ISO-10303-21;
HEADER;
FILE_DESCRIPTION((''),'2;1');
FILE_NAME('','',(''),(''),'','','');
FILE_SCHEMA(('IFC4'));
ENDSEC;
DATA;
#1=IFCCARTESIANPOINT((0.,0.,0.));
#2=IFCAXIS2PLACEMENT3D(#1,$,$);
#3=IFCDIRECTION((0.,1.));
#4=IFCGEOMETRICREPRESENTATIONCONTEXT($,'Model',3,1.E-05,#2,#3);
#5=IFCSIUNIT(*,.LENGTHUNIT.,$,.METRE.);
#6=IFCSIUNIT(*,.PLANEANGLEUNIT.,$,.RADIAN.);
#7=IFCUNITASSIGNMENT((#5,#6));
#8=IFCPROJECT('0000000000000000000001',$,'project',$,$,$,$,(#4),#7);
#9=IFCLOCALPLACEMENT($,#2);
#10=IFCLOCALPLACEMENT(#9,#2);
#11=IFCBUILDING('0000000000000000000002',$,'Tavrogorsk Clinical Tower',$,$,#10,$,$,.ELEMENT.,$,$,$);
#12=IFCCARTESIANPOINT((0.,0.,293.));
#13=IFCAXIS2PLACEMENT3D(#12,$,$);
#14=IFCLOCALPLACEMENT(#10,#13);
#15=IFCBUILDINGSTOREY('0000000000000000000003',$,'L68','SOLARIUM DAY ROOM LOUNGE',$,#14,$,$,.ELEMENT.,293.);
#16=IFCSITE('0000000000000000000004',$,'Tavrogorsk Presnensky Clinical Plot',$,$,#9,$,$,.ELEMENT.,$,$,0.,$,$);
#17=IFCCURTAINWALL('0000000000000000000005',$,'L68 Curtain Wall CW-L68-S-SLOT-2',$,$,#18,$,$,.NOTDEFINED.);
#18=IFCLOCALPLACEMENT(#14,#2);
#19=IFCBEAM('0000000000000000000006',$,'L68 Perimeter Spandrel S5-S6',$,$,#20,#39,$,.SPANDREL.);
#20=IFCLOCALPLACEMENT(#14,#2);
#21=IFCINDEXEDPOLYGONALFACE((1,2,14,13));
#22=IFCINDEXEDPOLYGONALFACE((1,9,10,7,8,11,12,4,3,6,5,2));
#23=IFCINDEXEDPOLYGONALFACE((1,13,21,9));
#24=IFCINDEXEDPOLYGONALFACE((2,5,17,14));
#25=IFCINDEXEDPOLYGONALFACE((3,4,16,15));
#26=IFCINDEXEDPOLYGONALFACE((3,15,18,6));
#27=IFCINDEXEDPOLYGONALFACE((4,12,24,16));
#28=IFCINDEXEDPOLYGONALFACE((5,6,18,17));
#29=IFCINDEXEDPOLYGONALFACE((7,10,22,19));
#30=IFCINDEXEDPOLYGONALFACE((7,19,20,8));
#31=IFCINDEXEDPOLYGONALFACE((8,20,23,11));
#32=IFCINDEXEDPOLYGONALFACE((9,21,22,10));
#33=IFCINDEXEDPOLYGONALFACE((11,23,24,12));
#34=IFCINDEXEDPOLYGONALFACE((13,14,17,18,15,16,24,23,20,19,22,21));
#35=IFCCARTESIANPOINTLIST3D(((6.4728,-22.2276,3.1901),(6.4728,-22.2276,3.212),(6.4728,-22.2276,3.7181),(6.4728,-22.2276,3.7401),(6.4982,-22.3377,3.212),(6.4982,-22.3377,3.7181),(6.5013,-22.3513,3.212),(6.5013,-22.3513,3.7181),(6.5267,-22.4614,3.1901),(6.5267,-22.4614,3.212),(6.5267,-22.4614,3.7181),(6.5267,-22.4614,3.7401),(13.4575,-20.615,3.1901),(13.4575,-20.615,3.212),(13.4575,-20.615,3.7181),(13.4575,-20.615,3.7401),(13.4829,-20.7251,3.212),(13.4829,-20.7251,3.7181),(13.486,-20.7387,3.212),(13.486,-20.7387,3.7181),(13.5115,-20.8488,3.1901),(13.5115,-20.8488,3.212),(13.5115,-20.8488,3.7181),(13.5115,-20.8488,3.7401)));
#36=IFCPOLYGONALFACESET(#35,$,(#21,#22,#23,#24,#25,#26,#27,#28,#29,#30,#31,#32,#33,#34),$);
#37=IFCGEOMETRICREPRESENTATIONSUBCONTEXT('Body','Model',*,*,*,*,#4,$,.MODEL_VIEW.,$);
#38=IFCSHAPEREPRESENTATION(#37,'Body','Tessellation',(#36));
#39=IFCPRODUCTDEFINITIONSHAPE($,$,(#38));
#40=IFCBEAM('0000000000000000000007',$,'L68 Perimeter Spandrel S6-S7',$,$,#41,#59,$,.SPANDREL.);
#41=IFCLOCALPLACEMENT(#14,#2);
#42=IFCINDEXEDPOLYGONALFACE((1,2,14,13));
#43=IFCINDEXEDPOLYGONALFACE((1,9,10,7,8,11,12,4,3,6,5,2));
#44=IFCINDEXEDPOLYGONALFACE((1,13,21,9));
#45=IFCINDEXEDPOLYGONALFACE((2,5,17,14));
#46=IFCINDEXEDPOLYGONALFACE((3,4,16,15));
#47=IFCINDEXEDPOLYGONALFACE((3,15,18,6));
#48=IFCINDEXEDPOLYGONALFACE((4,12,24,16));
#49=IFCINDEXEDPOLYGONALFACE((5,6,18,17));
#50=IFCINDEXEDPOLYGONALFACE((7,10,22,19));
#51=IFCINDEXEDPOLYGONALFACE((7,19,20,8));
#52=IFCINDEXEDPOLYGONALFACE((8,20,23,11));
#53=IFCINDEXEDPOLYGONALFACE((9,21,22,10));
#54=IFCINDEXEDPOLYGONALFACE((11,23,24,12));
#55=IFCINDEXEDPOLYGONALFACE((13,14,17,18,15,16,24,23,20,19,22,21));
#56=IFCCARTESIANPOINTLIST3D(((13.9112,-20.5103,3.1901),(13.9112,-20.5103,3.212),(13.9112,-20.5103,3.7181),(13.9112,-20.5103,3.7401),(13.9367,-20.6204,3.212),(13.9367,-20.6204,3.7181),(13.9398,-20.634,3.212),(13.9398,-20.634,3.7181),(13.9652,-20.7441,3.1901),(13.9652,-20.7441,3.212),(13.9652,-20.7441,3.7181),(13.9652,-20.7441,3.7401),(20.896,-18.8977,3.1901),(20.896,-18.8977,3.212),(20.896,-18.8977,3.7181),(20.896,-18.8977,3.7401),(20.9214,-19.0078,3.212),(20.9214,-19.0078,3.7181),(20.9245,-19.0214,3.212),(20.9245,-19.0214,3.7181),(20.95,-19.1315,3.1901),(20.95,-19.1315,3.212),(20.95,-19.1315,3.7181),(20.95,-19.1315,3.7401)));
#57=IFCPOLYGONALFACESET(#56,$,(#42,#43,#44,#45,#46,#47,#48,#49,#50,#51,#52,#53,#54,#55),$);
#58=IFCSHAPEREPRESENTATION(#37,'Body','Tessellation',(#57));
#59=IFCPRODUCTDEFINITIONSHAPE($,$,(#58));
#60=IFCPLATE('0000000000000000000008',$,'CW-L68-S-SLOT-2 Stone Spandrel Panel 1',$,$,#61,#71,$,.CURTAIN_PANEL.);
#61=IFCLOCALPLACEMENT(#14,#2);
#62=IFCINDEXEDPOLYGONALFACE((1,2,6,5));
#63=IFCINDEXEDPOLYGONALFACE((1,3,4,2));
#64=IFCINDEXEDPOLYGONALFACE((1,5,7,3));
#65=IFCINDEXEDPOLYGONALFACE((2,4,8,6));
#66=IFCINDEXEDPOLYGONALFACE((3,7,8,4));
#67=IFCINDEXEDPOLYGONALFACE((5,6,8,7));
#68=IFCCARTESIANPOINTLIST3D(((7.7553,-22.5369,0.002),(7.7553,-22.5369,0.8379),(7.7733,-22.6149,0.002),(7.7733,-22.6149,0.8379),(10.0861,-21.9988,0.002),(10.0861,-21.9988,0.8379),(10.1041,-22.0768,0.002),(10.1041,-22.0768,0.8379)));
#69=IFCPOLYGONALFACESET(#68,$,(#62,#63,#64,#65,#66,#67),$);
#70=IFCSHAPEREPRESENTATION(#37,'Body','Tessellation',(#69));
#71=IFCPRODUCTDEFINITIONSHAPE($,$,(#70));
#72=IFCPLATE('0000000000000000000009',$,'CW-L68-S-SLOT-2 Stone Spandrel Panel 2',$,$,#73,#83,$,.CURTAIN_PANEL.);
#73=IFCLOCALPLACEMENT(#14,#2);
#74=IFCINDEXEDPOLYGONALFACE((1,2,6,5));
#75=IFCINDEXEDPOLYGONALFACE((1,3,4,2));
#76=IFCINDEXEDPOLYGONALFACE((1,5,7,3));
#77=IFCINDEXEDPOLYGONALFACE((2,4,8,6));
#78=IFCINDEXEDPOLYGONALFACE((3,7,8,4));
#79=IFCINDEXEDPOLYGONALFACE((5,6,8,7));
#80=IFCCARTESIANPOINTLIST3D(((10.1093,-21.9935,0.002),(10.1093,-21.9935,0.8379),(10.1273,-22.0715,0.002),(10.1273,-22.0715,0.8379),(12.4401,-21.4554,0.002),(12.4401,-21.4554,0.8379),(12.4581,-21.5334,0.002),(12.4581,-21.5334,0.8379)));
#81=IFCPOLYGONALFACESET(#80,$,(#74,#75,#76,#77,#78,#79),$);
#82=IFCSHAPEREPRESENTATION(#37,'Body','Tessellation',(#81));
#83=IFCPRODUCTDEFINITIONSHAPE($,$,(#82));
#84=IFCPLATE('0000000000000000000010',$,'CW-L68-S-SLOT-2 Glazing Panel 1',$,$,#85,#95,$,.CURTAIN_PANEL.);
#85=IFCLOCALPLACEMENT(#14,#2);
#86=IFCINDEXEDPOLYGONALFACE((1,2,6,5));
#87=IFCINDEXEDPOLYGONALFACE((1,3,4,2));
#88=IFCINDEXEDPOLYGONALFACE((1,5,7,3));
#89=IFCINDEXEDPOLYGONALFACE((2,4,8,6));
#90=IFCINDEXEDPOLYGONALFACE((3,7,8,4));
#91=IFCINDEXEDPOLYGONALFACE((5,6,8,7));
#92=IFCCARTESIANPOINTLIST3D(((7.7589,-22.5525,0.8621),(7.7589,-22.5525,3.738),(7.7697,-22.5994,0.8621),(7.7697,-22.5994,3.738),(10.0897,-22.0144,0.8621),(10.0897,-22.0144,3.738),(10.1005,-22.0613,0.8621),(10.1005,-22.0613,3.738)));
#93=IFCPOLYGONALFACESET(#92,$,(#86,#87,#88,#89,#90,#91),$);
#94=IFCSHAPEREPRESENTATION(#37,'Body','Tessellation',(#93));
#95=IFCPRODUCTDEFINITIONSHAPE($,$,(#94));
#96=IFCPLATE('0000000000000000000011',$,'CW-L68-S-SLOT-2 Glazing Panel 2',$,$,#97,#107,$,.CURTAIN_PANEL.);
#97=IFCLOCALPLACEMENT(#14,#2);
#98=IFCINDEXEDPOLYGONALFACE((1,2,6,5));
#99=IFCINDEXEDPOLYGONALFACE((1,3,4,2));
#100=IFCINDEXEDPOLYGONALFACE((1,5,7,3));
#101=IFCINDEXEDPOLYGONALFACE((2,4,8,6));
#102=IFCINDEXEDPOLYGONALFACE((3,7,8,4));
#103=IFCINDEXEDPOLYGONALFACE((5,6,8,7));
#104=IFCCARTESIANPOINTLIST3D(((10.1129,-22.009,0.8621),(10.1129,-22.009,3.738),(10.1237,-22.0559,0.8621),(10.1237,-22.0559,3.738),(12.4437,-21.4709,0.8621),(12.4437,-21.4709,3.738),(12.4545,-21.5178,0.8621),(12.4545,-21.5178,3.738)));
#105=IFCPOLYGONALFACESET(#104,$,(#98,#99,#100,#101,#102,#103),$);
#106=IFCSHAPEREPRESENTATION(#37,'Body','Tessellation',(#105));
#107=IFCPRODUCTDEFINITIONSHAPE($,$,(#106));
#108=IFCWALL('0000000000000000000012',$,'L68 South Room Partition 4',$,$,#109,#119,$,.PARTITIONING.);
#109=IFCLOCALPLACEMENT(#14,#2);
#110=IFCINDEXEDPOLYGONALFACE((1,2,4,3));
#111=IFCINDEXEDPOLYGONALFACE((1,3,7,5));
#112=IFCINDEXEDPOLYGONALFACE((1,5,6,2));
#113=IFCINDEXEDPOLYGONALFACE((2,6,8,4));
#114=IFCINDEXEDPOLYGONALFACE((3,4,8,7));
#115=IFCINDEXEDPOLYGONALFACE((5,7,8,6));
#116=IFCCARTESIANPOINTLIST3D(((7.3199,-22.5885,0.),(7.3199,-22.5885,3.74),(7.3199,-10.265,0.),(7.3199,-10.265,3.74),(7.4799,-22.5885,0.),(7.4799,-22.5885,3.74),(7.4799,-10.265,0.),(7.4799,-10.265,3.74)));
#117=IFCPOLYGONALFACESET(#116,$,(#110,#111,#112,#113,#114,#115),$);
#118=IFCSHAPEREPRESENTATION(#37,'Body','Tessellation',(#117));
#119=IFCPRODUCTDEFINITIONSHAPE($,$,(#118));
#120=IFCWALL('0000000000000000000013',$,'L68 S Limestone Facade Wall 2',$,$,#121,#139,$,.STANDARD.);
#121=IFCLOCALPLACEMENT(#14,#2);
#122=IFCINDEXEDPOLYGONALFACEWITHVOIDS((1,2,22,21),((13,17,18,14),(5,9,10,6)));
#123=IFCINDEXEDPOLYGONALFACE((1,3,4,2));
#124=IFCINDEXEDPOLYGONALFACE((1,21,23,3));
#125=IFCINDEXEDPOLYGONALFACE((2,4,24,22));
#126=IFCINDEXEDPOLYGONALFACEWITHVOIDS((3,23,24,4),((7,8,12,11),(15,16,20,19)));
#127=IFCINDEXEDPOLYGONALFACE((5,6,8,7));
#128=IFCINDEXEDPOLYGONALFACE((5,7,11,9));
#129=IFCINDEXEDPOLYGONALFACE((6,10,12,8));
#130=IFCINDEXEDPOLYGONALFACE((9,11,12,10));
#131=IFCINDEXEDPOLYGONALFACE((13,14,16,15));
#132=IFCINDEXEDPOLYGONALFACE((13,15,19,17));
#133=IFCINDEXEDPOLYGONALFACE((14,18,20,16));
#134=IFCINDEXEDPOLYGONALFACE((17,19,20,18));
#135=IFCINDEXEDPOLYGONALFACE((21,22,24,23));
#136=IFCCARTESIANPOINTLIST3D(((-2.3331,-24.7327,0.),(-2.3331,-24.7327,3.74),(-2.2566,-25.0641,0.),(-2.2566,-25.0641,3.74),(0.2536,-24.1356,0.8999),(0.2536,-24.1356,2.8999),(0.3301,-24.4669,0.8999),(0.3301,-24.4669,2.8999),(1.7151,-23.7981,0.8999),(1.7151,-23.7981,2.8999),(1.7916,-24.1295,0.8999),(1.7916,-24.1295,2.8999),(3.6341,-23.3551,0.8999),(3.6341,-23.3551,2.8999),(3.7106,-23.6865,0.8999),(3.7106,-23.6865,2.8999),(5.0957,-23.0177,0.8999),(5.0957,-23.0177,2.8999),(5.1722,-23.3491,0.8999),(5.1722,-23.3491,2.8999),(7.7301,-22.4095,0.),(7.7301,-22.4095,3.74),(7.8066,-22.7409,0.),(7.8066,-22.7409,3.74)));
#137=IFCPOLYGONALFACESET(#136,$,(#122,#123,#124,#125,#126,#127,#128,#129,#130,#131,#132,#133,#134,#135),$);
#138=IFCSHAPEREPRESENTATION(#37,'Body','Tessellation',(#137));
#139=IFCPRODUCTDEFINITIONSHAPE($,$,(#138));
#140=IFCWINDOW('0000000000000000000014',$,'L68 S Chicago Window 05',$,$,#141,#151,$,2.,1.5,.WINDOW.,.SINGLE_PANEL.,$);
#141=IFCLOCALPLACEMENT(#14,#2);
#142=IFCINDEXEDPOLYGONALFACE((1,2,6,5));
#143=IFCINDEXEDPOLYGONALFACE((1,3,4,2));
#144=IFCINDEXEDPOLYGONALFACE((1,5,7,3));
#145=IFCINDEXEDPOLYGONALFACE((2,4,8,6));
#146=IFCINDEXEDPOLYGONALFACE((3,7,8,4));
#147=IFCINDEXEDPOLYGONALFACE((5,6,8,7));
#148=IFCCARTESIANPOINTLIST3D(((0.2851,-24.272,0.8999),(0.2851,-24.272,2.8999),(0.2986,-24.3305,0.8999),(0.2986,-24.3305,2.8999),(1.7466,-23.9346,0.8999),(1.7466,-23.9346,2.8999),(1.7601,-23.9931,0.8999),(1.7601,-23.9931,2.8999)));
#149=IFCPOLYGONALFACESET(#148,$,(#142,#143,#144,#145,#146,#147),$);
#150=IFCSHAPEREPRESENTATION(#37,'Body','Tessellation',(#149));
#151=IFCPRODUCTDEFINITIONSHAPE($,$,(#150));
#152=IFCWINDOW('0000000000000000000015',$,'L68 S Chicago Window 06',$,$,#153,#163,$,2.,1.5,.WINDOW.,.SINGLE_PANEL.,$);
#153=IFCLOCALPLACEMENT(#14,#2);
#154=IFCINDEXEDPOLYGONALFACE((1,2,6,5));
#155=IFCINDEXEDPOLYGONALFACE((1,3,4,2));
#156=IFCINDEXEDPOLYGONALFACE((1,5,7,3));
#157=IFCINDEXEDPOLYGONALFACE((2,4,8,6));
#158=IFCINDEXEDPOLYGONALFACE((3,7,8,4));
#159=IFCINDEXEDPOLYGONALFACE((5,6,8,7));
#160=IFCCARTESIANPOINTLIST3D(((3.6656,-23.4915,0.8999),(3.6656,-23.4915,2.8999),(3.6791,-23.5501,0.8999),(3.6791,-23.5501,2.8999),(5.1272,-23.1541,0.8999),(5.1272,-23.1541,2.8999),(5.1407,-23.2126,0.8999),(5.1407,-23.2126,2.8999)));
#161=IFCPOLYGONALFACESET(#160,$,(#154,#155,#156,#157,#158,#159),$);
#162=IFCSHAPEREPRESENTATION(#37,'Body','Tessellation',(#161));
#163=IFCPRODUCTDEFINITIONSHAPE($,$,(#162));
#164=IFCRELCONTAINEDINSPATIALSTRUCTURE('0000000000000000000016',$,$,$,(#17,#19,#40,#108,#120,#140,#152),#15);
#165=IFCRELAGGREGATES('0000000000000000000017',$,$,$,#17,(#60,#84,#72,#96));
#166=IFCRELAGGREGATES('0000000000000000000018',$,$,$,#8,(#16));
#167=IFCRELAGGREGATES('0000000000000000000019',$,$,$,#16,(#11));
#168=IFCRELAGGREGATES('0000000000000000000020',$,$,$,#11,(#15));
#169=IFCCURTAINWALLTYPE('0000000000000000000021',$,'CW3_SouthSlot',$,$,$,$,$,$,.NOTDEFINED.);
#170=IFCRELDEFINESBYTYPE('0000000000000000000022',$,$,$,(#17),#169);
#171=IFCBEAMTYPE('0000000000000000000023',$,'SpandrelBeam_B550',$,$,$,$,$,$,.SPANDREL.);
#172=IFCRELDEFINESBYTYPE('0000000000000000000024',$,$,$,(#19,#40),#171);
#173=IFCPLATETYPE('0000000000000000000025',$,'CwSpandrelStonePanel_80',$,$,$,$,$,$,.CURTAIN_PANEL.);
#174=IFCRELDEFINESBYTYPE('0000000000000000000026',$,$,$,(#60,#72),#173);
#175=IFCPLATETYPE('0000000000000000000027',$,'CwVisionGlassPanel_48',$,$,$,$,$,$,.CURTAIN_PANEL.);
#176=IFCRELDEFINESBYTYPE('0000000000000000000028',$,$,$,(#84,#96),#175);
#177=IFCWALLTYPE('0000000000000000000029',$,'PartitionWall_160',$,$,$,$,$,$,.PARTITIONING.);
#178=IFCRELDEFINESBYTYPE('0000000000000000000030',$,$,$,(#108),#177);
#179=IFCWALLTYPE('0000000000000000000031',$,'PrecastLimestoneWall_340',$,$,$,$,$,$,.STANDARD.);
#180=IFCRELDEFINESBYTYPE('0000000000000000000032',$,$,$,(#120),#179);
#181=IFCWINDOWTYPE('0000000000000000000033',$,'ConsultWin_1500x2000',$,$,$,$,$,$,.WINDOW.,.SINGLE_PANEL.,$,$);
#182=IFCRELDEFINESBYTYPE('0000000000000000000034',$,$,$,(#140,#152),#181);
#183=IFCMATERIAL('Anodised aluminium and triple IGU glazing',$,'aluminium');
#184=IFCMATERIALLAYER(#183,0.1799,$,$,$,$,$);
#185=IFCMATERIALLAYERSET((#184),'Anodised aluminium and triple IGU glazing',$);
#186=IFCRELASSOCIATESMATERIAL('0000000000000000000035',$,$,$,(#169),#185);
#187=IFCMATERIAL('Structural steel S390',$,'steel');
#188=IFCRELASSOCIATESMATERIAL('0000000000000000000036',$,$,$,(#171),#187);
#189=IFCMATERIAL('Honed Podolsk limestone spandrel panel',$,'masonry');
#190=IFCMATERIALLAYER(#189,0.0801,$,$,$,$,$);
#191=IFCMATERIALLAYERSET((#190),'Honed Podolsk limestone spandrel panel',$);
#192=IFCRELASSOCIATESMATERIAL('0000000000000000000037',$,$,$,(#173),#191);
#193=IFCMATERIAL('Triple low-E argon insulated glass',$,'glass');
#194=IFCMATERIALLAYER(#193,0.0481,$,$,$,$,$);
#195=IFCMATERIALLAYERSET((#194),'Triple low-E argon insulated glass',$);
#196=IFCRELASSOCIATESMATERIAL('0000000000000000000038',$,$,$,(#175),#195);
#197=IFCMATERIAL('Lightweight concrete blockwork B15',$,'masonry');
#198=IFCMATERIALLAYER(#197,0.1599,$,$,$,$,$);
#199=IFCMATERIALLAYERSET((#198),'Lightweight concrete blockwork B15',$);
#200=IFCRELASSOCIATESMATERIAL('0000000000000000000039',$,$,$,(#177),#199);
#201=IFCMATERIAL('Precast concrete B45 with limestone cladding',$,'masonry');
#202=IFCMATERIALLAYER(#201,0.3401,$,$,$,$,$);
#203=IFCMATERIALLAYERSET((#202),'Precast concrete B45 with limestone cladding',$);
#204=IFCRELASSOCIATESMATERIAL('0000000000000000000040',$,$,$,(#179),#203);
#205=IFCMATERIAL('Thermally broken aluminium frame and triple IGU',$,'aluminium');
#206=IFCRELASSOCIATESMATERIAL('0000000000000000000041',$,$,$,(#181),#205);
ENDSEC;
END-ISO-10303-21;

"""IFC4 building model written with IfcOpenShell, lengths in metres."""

from ifc_helpers import new_model, si_unit, direction, frame, frame_2d, origin, origin_2d, place, context, subcontext, project, spatial, rectangle, i_section, extrude, material, layer, layer_set, material_profile, profile_set, type_object, element, fill, aggregate, save


model = new_model("IFC4")

# Units and contexts
model_context = context("Model", 3, precision=1e-05, world=origin(), true_north=direction((0.0, 1.0)))
body_context = subcontext(model_context, "Body", "Model", "MODEL_VIEW")
ifc_project = project(units=[si_unit("LENGTHUNIT", "METRE"), si_unit("PLANEANGLEUNIT", "RADIAN")], contexts=[model_context])

# Site, building, storey
site_placement = place(None, origin())
site = spatial("IfcSite", under=ifc_project, at=site_placement, Name="Tavrogorsk Presnensky Clinical Plot", CompositionType="ELEMENT", RefElevation=0.0)
building_placement = place(site_placement, origin())
building = spatial("IfcBuilding", under=site, at=building_placement, Name="Tavrogorsk Clinical Tower", CompositionType="ELEMENT")
storey_placement = place(building_placement, frame((0.0, 0.0, 293.0)))
storey = spatial("IfcBuildingStorey", under=building, at=storey_placement, Name="L68", Description="SOLARIUM DAY ROOM LOUNGE", CompositionType="ELEMENT", Elevation=293.0)

# Curtain wall
ifc_material_1 = material(Name="Anodised aluminium and triple IGU glazing", Category="aluminium")
ifc_layer_1 = layer(ifc_material_1, 0.1799)
ifc_layer_set_1 = layer_set([ifc_layer_1], Name="Anodised aluminium and triple IGU glazing")
curtain_wall_type = type_object("IfcCurtainWallType", Name="CW3_SouthSlot", PredefinedType="NOTDEFINED", material=ifc_layer_set_1)
curtain_wall_placement = place(storey_placement, origin())
curtain_wall = element("IfcCurtainWall", 1, at=curtain_wall_placement, inside=storey, type_object=curtain_wall_type, Name="L68 Curtain Wall CW-L68-S-SLOT-2", PredefinedType="NOTDEFINED")

# Beams
ifc_material_2 = material(Name="Structural steel S390", Category="steel")
ifc_material_profile_1 = material_profile(ifc_material_2, i_section(OverallWidth=0.24, OverallDepth=0.55, WebThickness=0.0139, FlangeThickness=0.022, at=origin_2d()), Name="B-550x240x14x22")
ifc_profile_set_1 = profile_set([ifc_material_profile_1], Name="Structural steel S390")
beam_type = type_object("IfcBeamType", Name="SpandrelBeam_B550", PredefinedType="SPANDREL", material=ifc_profile_set_1)
for number, where, z_axis, x_axis, name in (
    (2, (6.4998, -22.3445, 3.4651), (0.974369, 0.224954, 0.0), (-0.224954, 0.974369, 0.0), "L68 Perimeter Spandrel S5-S6"),
    (3, (13.9382, -20.6272, 3.4651), (0.974369, 0.224954, 0.0), (-0.224954, 0.974369, 0.0), "L68 Perimeter Spandrel S6-S7"),
):
    element("IfcBeam", number, at=place(storey_placement, frame(where, z_axis=z_axis, x_axis=x_axis)), inside=storey, type_object=beam_type, Name=name, PredefinedType="SPANDREL", context=body_context, shape_type="SweptSolid", body=[
        extrude(i_section(OverallWidth=0.24, OverallDepth=0.55, WebThickness=0.0139, FlangeThickness=0.022, at=origin_2d()), origin(), (0.0, 0.0, 1.0), 7.1685),
    ])

# Plates
ifc_material_3 = material(Name="Honed Podolsk limestone spandrel panel", Category="masonry")
ifc_layer_2 = layer(ifc_material_3, 0.0801)
ifc_layer_set_2 = layer_set([ifc_layer_2], Name="Honed Podolsk limestone spandrel panel")
plate_type_1 = type_object("IfcPlateType", Name="CwSpandrelStonePanel_80", PredefinedType="CURTAIN_PANEL", material=ifc_layer_set_2)
plate_1_placement = place(storey_placement, frame((8.9297, -22.3069, 0.002), z_axis=(0.0, 0.0, 1.0), x_axis=(0.97437, 0.224951, 0.0)))
plate_1 = element("IfcPlate", 4, at=plate_1_placement, type_object=plate_type_1, Name="CW-L68-S-SLOT-2 Stone Spandrel Panel 1", PredefinedType="CURTAIN_PANEL", context=body_context, shape_type="SweptSolid", body=[
    extrude(rectangle(XDim=2.3921, YDim=0.0801, at=origin_2d()), origin(), (0.0, 0.0, 1.0), 0.8359),
])
plate_2_placement = place(storey_placement, frame((11.2837, -21.7634, 0.002), z_axis=(0.0, 0.0, 1.0), x_axis=(0.97437, 0.224951, 0.0)))
plate_2 = element("IfcPlate", 5, at=plate_2_placement, type_object=plate_type_1, Name="CW-L68-S-SLOT-2 Stone Spandrel Panel 2", PredefinedType="CURTAIN_PANEL", context=body_context, shape_type="SweptSolid", body=[
    extrude(rectangle(XDim=2.3921, YDim=0.0801, at=origin_2d()), origin(), (0.0, 0.0, 1.0), 0.8359),
])
ifc_material_4 = material(Name="Triple low-E argon insulated glass", Category="glass")
ifc_layer_3 = layer(ifc_material_4, 0.0481)
ifc_layer_set_3 = layer_set([ifc_layer_3], Name="Triple low-E argon insulated glass")
plate_type_2 = type_object("IfcPlateType", Name="CwVisionGlassPanel_48", PredefinedType="CURTAIN_PANEL", material=ifc_layer_set_3)
plate_3_placement = place(storey_placement, frame((8.9297, -22.3069, 0.8621), z_axis=(0.0, 0.0, 1.0), x_axis=(0.97437, 0.224951, 0.0)))
plate_3 = element("IfcPlate", 6, at=plate_3_placement, type_object=plate_type_2, Name="CW-L68-S-SLOT-2 Glazing Panel 1", PredefinedType="CURTAIN_PANEL", context=body_context, shape_type="SweptSolid", body=[
    extrude(rectangle(XDim=2.3921, YDim=0.0481, at=origin_2d()), origin(), (0.0, 0.0, 1.0), 2.876),
])
plate_4_placement = place(storey_placement, frame((11.2837, -21.7634, 0.8621), z_axis=(0.0, 0.0, 1.0), x_axis=(0.97437, 0.224951, 0.0)))
plate_4 = element("IfcPlate", 7, at=plate_4_placement, type_object=plate_type_2, Name="CW-L68-S-SLOT-2 Glazing Panel 2", PredefinedType="CURTAIN_PANEL", context=body_context, shape_type="SweptSolid", body=[
    extrude(rectangle(XDim=2.3921, YDim=0.0481, at=origin_2d()), origin(), (0.0, 0.0, 1.0), 2.876),
])
aggregate(curtain_wall, [plate_1, plate_3, plate_2, plate_4])

# Wall
ifc_material_5 = material(Name="Lightweight concrete blockwork B15", Category="masonry")
ifc_layer_4 = layer(ifc_material_5, 0.1599)
ifc_layer_set_4 = layer_set([ifc_layer_4], Name="Lightweight concrete blockwork B15")
wall_type_1 = type_object("IfcWallType", Name="PartitionWall_160", PredefinedType="PARTITIONING", material=ifc_layer_set_4)
wall_1_placement = place(storey_placement, frame((7.3999, -22.5884, 0.0), z_axis=(0.0, 0.0, 1.0), x_axis=(0.0, 1.0, 0.0)))
element("IfcWall", 8, at=wall_1_placement, inside=storey, type_object=wall_type_1, Name="L68 South Room Partition 4", PredefinedType="PARTITIONING", context=body_context, shape_type="SweptSolid", body=[
    extrude(rectangle(XDim=12.3235, YDim=0.1599, at=frame_2d((6.1616, 0.0))), origin(), (0.0, 0.0, 1.0), 3.74),
])

# Wall, openings, windows
ifc_material_6 = material(Name="Precast concrete B45 with limestone cladding", Category="masonry")
ifc_layer_5 = layer(ifc_material_6, 0.3401)
ifc_layer_set_5 = layer_set([ifc_layer_5], Name="Precast concrete B45 with limestone cladding")
wall_type_2 = type_object("IfcWallType", Name="PrecastLimestoneWall_340", PredefinedType="STANDARD", material=ifc_layer_set_5)
wall_2_placement = place(storey_placement, frame((-2.2949, -24.8984, 0.0), z_axis=(0.0, 0.0, 1.0), x_axis=(0.974371, 0.224948, 0.0)))
wall_2 = element("IfcWall", 9, at=wall_2_placement, inside=storey, type_object=wall_type_2, Name="L68 S Limestone Facade Wall 2", PredefinedType="STANDARD", context=body_context, shape_type="SweptSolid", body=[
    extrude(rectangle(XDim=10.3279, YDim=0.3401, at=frame_2d((5.1641, 0.0))), origin(), (0.0, 0.0, 1.0), 3.74),
])
opening_1_placement = place(wall_2_placement, frame((2.6548, 0.0, 0.8999)))
opening_1 = element("IfcOpeningElement", 10, at=opening_1_placement, cuts=wall_2, PredefinedType="OPENING", context=body_context, shape_type="SweptSolid", body=[
    extrude(rectangle(XDim=1.5, YDim=2.0, at=frame_2d((0.75, 1.0))), frame((0.0, 0.1799, 0.0), z_axis=(0.0, -1.0, 0.0), x_axis=(1.0, 0.0, 0.0)), (0.0, 0.0, 1.0), 0.3601),
])
opening_2_placement = place(wall_2_placement, frame((6.1243, 0.0, 0.8999)))
opening_2 = element("IfcOpeningElement", 11, at=opening_2_placement, cuts=wall_2, PredefinedType="OPENING", context=body_context, shape_type="SweptSolid", body=[
    extrude(rectangle(XDim=1.5, YDim=2.0, at=frame_2d((0.75, 1.0))), frame((0.0, 0.1799, 0.0), z_axis=(0.0, -1.0, 0.0), x_axis=(1.0, 0.0, 0.0)), (0.0, 0.0, 1.0), 0.3601),
])
ifc_material_7 = material(Name="Thermally broken aluminium frame and triple IGU", Category="aluminium")
window_type_1 = type_object("IfcWindowType", Name="ConsultWin_1500x2000", PartitioningType="SINGLE_PANEL", PredefinedType="WINDOW", material=ifc_material_7)
window_1_placement = place(opening_1_placement, origin())
window_1 = element("IfcWindow", 12, at=window_1_placement, inside=storey, type_object=window_type_1, Name="L68 S Chicago Window 05", OverallHeight=2.0, OverallWidth=1.5, PartitioningType="SINGLE_PANEL", PredefinedType="WINDOW", context=body_context, shape_type="SweptSolid", body=[
    extrude(rectangle(XDim=1.5, YDim=2.0, at=frame_2d((0.75, 1.0))), frame((0.0, 0.03, 0.0), z_axis=(0.0, -1.0, 0.0), x_axis=(1.0, 0.0, 0.0)), (0.0, 0.0, 1.0), 0.0601),
])
fill(opening_1, window_1)
window_2_placement = place(opening_2_placement, origin())
window_2 = element("IfcWindow", 13, at=window_2_placement, inside=storey, type_object=window_type_1, Name="L68 S Chicago Window 06", OverallHeight=2.0, OverallWidth=1.5, PartitioningType="SINGLE_PANEL", PredefinedType="WINDOW", context=body_context, shape_type="SweptSolid", body=[
    extrude(rectangle(XDim=1.5, YDim=2.0, at=frame_2d((0.75, 1.0))), frame((0.0, 0.03, 0.0), z_axis=(0.0, -1.0, 0.0), x_axis=(1.0, 0.0, 0.0)), (0.0, 0.0, 1.0), 0.0601),
])
fill(opening_2, window_2)

save(model, "model.ifc")
